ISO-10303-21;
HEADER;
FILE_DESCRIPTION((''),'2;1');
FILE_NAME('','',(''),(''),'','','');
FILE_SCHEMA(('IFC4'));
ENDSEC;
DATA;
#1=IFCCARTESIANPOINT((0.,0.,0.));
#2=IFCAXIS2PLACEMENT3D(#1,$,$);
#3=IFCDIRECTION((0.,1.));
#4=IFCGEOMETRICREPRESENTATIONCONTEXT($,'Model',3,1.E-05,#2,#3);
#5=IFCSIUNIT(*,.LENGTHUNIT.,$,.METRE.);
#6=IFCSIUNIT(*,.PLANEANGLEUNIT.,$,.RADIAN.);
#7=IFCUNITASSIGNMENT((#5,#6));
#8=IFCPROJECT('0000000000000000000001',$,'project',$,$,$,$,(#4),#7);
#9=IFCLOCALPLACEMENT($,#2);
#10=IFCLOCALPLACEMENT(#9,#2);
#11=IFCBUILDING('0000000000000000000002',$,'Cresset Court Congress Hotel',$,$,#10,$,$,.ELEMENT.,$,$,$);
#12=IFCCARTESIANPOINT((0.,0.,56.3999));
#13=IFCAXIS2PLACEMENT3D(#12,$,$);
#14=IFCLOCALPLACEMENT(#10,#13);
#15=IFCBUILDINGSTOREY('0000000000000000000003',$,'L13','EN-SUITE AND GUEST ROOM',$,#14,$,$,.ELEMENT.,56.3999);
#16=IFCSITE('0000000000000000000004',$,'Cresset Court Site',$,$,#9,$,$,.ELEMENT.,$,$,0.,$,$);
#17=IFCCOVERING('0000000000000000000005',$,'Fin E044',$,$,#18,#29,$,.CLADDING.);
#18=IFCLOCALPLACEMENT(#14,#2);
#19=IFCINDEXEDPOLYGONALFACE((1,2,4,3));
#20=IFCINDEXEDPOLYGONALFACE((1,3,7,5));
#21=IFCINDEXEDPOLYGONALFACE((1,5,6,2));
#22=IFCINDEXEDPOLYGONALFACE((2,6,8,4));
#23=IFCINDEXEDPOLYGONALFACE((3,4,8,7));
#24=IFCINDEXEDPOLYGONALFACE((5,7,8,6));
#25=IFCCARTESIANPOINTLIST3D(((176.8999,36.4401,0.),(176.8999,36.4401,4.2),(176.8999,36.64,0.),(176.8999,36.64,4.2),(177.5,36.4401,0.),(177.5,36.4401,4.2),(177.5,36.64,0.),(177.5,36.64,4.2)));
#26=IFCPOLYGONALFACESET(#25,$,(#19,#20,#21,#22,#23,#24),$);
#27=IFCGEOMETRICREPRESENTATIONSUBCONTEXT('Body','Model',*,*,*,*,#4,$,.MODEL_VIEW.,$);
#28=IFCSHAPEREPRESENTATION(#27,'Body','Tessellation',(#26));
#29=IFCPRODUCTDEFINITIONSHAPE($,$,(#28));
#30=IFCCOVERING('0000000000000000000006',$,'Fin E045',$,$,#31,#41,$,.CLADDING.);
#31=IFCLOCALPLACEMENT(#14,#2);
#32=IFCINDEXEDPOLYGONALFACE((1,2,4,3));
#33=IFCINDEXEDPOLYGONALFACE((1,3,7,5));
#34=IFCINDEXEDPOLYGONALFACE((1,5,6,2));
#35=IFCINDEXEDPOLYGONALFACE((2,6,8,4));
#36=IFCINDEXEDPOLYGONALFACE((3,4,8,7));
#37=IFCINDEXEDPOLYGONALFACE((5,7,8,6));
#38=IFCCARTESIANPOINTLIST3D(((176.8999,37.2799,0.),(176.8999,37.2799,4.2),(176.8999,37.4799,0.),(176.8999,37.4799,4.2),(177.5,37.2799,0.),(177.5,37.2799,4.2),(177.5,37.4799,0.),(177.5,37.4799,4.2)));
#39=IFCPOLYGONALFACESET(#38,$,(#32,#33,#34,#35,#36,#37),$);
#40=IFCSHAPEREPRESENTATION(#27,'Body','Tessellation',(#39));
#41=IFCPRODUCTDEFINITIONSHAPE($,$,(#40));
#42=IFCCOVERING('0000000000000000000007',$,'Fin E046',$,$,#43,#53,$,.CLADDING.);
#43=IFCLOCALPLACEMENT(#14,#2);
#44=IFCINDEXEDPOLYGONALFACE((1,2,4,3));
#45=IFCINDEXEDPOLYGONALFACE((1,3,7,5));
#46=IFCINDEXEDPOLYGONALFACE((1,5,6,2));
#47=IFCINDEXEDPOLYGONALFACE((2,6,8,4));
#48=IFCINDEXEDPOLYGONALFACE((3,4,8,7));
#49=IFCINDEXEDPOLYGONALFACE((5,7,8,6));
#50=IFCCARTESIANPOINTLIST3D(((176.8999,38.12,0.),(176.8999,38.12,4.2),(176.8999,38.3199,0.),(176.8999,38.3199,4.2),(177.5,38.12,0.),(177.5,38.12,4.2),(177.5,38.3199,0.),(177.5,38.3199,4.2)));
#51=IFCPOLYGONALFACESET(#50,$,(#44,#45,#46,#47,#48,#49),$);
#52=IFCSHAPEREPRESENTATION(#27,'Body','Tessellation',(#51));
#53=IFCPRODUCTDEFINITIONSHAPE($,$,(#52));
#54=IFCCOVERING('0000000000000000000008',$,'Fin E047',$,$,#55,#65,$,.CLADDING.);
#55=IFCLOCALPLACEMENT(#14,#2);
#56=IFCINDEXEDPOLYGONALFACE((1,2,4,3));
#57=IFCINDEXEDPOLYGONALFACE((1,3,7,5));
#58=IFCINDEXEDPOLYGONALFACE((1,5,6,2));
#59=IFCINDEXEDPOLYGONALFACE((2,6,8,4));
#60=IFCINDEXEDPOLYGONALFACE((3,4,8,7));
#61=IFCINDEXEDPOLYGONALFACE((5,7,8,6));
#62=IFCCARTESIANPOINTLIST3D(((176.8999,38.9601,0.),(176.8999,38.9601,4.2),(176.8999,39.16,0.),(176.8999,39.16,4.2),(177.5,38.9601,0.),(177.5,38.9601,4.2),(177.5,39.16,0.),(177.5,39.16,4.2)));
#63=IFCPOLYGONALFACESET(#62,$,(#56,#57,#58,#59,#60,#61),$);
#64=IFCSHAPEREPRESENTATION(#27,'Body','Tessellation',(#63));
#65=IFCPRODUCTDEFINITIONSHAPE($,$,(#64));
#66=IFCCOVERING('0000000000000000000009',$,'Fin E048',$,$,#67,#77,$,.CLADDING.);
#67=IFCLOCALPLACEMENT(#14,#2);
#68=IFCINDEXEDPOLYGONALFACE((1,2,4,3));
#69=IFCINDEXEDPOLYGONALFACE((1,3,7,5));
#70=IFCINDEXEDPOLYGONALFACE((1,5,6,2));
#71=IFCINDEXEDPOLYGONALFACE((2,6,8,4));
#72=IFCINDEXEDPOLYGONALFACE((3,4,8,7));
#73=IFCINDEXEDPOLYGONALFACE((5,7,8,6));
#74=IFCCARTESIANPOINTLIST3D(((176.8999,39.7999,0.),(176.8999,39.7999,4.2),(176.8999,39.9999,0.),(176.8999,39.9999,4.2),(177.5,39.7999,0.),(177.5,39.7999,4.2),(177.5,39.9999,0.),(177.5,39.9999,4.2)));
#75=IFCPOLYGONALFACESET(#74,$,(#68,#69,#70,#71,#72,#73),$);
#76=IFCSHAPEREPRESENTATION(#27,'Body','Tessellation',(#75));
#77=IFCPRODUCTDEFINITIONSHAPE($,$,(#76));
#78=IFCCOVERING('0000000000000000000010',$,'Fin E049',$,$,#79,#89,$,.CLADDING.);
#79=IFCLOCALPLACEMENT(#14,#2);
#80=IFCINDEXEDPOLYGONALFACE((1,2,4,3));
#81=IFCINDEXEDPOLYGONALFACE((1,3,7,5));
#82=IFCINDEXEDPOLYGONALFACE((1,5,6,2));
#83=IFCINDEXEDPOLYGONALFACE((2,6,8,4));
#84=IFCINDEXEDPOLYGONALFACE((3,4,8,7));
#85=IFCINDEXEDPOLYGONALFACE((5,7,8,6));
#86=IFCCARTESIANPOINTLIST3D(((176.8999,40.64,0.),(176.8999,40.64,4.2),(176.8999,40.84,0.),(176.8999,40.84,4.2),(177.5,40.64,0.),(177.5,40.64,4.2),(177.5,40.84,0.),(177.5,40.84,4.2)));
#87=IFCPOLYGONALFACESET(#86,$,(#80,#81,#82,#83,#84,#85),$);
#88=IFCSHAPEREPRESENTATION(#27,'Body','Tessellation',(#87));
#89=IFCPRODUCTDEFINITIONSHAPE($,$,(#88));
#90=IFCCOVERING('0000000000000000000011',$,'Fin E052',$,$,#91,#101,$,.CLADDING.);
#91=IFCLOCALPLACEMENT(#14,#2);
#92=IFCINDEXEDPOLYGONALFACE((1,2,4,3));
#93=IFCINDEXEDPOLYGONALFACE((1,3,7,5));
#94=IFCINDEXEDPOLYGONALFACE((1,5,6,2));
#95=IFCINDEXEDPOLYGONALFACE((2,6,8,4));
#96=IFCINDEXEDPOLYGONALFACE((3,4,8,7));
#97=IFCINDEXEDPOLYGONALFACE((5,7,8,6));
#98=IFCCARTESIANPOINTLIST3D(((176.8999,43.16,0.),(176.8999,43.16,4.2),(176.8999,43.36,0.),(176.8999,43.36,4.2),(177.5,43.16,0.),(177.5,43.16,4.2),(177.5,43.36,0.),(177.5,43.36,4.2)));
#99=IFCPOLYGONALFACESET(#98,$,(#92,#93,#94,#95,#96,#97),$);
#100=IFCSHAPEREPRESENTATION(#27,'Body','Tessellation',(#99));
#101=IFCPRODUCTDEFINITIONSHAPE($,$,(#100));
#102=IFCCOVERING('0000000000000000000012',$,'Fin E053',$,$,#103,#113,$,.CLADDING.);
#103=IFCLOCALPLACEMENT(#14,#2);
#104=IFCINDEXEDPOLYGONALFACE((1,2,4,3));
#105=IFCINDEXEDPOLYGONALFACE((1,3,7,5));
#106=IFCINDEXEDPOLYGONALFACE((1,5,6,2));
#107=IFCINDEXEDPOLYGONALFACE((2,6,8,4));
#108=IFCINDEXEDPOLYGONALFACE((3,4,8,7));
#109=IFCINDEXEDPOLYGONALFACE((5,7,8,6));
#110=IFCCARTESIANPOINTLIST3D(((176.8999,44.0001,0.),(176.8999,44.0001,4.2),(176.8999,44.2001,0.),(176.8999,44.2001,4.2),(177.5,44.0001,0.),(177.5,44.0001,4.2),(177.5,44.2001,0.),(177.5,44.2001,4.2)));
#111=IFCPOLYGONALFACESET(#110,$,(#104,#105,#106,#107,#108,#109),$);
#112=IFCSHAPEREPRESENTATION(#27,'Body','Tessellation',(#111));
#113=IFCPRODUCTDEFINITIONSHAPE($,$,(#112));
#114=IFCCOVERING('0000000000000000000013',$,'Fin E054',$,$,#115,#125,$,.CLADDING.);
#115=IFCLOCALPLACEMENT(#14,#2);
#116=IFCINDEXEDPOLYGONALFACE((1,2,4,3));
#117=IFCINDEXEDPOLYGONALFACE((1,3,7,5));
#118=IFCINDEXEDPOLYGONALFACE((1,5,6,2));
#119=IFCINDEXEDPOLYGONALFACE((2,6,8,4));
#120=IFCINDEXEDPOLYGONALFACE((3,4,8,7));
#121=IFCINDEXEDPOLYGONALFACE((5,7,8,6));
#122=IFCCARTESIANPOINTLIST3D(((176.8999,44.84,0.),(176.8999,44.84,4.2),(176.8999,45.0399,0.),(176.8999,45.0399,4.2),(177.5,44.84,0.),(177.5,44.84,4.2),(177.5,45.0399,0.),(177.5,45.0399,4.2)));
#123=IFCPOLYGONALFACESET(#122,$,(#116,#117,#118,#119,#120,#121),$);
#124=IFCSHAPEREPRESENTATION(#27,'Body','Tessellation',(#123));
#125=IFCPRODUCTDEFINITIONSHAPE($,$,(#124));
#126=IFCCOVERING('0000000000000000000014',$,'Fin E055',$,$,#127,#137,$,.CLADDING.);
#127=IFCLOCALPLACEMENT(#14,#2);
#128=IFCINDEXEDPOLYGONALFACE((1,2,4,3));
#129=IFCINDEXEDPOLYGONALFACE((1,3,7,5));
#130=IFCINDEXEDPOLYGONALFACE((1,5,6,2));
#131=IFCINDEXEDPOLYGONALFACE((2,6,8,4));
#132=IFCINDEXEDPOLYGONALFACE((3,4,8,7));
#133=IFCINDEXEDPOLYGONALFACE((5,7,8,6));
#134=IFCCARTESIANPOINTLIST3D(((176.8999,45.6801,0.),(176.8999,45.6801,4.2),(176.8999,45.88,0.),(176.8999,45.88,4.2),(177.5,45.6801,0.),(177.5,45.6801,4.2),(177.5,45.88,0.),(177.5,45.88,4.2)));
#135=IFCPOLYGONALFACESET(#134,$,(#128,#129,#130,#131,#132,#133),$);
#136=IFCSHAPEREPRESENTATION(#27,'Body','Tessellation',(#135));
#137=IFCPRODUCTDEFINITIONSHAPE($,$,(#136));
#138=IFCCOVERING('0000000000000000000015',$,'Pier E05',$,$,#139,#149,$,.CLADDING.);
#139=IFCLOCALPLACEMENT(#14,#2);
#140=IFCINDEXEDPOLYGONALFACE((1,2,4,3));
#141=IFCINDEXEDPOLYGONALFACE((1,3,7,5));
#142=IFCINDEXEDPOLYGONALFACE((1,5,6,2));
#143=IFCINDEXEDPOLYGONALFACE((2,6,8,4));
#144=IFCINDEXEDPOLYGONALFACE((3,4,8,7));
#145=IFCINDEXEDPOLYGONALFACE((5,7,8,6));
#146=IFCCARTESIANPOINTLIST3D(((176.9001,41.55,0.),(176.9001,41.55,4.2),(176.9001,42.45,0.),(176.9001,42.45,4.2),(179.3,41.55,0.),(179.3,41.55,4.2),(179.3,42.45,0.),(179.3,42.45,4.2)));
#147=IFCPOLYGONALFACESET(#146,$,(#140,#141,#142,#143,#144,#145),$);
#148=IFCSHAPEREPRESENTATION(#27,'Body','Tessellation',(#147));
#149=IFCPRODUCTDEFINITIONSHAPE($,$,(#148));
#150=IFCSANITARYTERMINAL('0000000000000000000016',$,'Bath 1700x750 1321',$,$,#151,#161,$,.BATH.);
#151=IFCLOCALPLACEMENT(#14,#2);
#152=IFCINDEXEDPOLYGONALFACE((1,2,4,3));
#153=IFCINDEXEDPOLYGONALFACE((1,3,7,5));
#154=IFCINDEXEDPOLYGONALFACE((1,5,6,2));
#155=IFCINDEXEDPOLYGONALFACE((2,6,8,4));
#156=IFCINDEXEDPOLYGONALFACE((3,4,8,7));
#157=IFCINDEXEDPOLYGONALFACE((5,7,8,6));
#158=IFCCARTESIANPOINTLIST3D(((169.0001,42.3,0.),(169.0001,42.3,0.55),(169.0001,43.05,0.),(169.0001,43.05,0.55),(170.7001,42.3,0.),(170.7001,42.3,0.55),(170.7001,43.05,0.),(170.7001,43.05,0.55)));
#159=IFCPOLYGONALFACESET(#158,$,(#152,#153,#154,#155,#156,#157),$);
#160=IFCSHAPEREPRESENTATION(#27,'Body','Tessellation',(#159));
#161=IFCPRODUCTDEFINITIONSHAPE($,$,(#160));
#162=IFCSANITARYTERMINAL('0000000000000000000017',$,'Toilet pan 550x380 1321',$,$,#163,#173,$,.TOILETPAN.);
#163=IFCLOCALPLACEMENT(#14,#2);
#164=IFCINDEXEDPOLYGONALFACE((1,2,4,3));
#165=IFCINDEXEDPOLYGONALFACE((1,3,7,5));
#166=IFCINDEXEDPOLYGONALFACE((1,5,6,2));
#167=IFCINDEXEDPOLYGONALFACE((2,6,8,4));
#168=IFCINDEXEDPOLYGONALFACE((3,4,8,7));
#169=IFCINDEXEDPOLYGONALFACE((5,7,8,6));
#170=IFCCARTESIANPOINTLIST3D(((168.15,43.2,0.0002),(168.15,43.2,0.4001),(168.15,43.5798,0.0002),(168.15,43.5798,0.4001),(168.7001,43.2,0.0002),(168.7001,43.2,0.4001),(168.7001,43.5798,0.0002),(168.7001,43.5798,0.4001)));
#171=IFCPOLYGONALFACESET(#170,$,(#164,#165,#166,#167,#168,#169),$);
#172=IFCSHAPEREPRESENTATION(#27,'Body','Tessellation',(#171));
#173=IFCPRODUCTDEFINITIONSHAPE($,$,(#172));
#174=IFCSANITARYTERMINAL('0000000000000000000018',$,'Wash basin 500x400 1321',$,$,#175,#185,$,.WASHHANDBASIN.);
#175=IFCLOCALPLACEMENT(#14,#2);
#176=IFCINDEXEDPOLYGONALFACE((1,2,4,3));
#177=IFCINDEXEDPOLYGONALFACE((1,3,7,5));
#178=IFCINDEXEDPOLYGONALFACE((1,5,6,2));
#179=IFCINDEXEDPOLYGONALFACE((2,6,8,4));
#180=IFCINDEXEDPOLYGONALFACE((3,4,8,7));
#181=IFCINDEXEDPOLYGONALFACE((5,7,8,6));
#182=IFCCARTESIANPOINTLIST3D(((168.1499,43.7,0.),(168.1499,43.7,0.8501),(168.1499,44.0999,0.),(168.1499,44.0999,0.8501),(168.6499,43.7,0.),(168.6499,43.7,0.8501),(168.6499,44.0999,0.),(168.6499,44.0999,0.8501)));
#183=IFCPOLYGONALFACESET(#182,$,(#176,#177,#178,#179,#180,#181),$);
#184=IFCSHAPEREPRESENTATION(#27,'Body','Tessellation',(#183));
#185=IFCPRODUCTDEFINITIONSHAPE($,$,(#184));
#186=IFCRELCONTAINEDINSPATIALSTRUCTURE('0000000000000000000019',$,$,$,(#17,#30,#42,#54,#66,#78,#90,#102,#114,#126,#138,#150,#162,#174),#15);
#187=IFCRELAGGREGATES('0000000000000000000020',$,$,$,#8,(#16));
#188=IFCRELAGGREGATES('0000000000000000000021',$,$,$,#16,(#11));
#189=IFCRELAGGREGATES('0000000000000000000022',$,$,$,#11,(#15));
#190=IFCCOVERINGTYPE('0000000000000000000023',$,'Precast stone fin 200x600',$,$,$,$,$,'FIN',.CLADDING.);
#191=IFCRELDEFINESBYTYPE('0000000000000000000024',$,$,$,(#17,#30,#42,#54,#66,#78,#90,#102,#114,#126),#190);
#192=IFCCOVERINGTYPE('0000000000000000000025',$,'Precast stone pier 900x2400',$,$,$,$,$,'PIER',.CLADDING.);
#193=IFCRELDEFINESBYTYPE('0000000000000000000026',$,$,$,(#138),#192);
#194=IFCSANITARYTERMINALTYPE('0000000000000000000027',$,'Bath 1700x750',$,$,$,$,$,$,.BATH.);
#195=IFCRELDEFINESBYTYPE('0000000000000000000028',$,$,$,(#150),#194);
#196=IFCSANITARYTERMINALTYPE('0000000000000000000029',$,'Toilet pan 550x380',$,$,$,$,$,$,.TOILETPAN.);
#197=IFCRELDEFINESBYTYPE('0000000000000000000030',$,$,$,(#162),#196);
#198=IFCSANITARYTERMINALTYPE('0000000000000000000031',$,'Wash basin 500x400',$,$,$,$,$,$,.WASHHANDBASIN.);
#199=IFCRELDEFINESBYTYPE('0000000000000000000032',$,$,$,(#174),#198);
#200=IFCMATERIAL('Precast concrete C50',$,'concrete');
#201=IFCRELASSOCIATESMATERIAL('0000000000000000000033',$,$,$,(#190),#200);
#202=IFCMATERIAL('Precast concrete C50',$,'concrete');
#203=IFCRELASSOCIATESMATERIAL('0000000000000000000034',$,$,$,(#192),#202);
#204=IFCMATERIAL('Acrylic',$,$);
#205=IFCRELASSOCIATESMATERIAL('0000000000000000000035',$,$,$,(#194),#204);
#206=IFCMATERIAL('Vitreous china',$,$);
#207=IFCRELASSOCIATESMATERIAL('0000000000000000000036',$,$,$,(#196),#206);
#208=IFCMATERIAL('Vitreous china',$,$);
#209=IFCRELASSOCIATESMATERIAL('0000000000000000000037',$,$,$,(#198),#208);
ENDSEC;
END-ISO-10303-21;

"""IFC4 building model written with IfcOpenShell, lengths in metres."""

from ifc_helpers import new_model, si_unit, direction, frame, origin, origin_2d, place, context, subcontext, project, spatial, rectangle, extrude, material, type_object, element, save


model = new_model("IFC4")

# Units and contexts
model_context = context("Model", 3, precision=1e-05, world=origin(), true_north=direction((0.0, 1.0)))
body_context = subcontext(model_context, "Body", "Model", "MODEL_VIEW")
ifc_project = project(units=[si_unit("LENGTHUNIT", "METRE"), si_unit("PLANEANGLEUNIT", "RADIAN")], contexts=[model_context])

# Site, building, storey
site_placement = place(None, origin())
site = spatial("IfcSite", under=ifc_project, at=site_placement, Name="Cresset Court Site", CompositionType="ELEMENT", RefElevation=0.0)
building_placement = place(site_placement, origin())
building = spatial("IfcBuilding", under=site, at=building_placement, Name="Cresset Court Congress Hotel", CompositionType="ELEMENT")
storey_placement = place(building_placement, frame((0.0, 0.0, 56.3999)))
storey = spatial("IfcBuildingStorey", under=building, at=storey_placement, Name="L13", Description="EN-SUITE AND GUEST ROOM", CompositionType="ELEMENT", Elevation=56.3999)

# Coverings
ifc_material_1 = material(Name="Precast concrete C50", Category="concrete")
covering_type_1 = type_object("IfcCoveringType", Name="Precast stone fin 200x600", ElementType="FIN", PredefinedType="CLADDING", material=ifc_material_1)
for number, where, z_axis, x_axis, name in (
    (1, (177.2, 36.54, 0.0), (0.0, 0.0, 1.0), (1.0, 0.0, 0.0), "Fin E044"),
    (2, (177.2, 37.3799, 0.0), (0.0, 0.0, 1.0), (1.0, 0.0, 0.0), "Fin E045"),
    (3, (177.2, 38.22, 0.0), (0.0, 0.0, 1.0), (1.0, 0.0, 0.0), "Fin E046"),
    (4, (177.2, 39.0601, 0.0), (0.0, 0.0, 1.0), (1.0, 0.0, 0.0), "Fin E047"),
    (5, (177.2, 39.8999, 0.0), (0.0, 0.0, 1.0), (1.0, 0.0, 0.0), "Fin E048"),
    (6, (177.2, 40.74, 0.0), (0.0, 0.0, 1.0), (1.0, 0.0, 0.0), "Fin E049"),
    (7, (177.2, 43.26, 0.0), (0.0, 0.0, 1.0), (1.0, 0.0, 0.0), "Fin E052"),
    (8, (177.2, 44.1001, 0.0), (0.0, 0.0, 1.0), (1.0, 0.0, 0.0), "Fin E053"),
    (9, (177.2, 44.9399, 0.0), (0.0, 0.0, 1.0), (1.0, 0.0, 0.0), "Fin E054"),
    (10, (177.2, 45.78, 0.0), (0.0, 0.0, 1.0), (1.0, 0.0, 0.0), "Fin E055"),
):
    element("IfcCovering", number, at=place(storey_placement, frame(where, z_axis=z_axis, x_axis=x_axis)), inside=storey, type_object=covering_type_1, Name=name, PredefinedType="CLADDING", context=body_context, shape_type="SweptSolid", body=[
        extrude(rectangle(XDim=0.6001, YDim=0.2, at=origin_2d()), origin(), (0.0, 0.0, 1.0), 4.2),
    ])
ifc_material_2 = material(Name="Precast concrete C50", Category="concrete")
covering_type_2 = type_object("IfcCoveringType", Name="Precast stone pier 900x2400", ElementType="PIER", PredefinedType="CLADDING", material=ifc_material_2)
covering_placement = place(storey_placement, frame((178.1001, 42.0, 0.0), z_axis=(0.0, 0.0, 1.0), x_axis=(1.0, 0.0, 0.0)))
element("IfcCovering", 11, at=covering_placement, inside=storey, type_object=covering_type_2, Name="Pier E05", PredefinedType="CLADDING", context=body_context, shape_type="SweptSolid", body=[
    extrude(rectangle(XDim=2.3999, YDim=0.8999, at=origin_2d()), origin(), (0.0, 0.0, 1.0), 4.2),
])

# Sanitary terminals
ifc_material_3 = material(Name="Acrylic")
sanitary_terminal_type_1 = type_object("IfcSanitaryTerminalType", Name="Bath 1700x750", PredefinedType="BATH", material=ifc_material_3)
sanitary_terminal_1_placement = place(storey_placement, frame((169.8501, 42.675, 0.0), z_axis=(0.0, 0.0, 1.0), x_axis=(1.0, 0.0, 0.0)))
element("IfcSanitaryTerminal", 12, at=sanitary_terminal_1_placement, inside=storey, type_object=sanitary_terminal_type_1, Name="Bath 1700x750 1321", PredefinedType="BATH", context=body_context, shape_type="SweptSolid", body=[
    extrude(rectangle(XDim=1.7, YDim=0.75, at=origin_2d()), origin(), (0.0, 0.0, 1.0), 0.55),
])
ifc_material_4 = material(Name="Vitreous china")
sanitary_terminal_type_2 = type_object("IfcSanitaryTerminalType", Name="Toilet pan 550x380", PredefinedType="TOILETPAN", material=ifc_material_4)
sanitary_terminal_2_placement = place(storey_placement, frame((168.425, 43.3899, 0.0002), z_axis=(0.0, 0.0, 1.0), x_axis=(1.0, 0.0, 0.0)))
element("IfcSanitaryTerminal", 13, at=sanitary_terminal_2_placement, inside=storey, type_object=sanitary_terminal_type_2, Name="Toilet pan 550x380 1321", PredefinedType="TOILETPAN", context=body_context, shape_type="SweptSolid", body=[
    extrude(rectangle(XDim=0.55, YDim=0.3799, at=origin_2d()), origin(), (0.0, 0.0, 1.0), 0.3999),
])
ifc_material_5 = material(Name="Vitreous china")
sanitary_terminal_type_3 = type_object("IfcSanitaryTerminalType", Name="Wash basin 500x400", PredefinedType="WASHHANDBASIN", material=ifc_material_5)
sanitary_terminal_3_placement = place(storey_placement, frame((168.3999, 43.8999, 0.0), z_axis=(0.0, 0.0, 1.0), x_axis=(1.0, 0.0, 0.0)))
element("IfcSanitaryTerminal", 14, at=sanitary_terminal_3_placement, inside=storey, type_object=sanitary_terminal_type_3, Name="Wash basin 500x400 1321", PredefinedType="WASHHANDBASIN", context=body_context, shape_type="SweptSolid", body=[
    extrude(rectangle(XDim=0.5, YDim=0.3999, at=origin_2d()), origin(), (0.0, 0.0, 1.0), 0.8501),
])

save(model, "model.ifc")
